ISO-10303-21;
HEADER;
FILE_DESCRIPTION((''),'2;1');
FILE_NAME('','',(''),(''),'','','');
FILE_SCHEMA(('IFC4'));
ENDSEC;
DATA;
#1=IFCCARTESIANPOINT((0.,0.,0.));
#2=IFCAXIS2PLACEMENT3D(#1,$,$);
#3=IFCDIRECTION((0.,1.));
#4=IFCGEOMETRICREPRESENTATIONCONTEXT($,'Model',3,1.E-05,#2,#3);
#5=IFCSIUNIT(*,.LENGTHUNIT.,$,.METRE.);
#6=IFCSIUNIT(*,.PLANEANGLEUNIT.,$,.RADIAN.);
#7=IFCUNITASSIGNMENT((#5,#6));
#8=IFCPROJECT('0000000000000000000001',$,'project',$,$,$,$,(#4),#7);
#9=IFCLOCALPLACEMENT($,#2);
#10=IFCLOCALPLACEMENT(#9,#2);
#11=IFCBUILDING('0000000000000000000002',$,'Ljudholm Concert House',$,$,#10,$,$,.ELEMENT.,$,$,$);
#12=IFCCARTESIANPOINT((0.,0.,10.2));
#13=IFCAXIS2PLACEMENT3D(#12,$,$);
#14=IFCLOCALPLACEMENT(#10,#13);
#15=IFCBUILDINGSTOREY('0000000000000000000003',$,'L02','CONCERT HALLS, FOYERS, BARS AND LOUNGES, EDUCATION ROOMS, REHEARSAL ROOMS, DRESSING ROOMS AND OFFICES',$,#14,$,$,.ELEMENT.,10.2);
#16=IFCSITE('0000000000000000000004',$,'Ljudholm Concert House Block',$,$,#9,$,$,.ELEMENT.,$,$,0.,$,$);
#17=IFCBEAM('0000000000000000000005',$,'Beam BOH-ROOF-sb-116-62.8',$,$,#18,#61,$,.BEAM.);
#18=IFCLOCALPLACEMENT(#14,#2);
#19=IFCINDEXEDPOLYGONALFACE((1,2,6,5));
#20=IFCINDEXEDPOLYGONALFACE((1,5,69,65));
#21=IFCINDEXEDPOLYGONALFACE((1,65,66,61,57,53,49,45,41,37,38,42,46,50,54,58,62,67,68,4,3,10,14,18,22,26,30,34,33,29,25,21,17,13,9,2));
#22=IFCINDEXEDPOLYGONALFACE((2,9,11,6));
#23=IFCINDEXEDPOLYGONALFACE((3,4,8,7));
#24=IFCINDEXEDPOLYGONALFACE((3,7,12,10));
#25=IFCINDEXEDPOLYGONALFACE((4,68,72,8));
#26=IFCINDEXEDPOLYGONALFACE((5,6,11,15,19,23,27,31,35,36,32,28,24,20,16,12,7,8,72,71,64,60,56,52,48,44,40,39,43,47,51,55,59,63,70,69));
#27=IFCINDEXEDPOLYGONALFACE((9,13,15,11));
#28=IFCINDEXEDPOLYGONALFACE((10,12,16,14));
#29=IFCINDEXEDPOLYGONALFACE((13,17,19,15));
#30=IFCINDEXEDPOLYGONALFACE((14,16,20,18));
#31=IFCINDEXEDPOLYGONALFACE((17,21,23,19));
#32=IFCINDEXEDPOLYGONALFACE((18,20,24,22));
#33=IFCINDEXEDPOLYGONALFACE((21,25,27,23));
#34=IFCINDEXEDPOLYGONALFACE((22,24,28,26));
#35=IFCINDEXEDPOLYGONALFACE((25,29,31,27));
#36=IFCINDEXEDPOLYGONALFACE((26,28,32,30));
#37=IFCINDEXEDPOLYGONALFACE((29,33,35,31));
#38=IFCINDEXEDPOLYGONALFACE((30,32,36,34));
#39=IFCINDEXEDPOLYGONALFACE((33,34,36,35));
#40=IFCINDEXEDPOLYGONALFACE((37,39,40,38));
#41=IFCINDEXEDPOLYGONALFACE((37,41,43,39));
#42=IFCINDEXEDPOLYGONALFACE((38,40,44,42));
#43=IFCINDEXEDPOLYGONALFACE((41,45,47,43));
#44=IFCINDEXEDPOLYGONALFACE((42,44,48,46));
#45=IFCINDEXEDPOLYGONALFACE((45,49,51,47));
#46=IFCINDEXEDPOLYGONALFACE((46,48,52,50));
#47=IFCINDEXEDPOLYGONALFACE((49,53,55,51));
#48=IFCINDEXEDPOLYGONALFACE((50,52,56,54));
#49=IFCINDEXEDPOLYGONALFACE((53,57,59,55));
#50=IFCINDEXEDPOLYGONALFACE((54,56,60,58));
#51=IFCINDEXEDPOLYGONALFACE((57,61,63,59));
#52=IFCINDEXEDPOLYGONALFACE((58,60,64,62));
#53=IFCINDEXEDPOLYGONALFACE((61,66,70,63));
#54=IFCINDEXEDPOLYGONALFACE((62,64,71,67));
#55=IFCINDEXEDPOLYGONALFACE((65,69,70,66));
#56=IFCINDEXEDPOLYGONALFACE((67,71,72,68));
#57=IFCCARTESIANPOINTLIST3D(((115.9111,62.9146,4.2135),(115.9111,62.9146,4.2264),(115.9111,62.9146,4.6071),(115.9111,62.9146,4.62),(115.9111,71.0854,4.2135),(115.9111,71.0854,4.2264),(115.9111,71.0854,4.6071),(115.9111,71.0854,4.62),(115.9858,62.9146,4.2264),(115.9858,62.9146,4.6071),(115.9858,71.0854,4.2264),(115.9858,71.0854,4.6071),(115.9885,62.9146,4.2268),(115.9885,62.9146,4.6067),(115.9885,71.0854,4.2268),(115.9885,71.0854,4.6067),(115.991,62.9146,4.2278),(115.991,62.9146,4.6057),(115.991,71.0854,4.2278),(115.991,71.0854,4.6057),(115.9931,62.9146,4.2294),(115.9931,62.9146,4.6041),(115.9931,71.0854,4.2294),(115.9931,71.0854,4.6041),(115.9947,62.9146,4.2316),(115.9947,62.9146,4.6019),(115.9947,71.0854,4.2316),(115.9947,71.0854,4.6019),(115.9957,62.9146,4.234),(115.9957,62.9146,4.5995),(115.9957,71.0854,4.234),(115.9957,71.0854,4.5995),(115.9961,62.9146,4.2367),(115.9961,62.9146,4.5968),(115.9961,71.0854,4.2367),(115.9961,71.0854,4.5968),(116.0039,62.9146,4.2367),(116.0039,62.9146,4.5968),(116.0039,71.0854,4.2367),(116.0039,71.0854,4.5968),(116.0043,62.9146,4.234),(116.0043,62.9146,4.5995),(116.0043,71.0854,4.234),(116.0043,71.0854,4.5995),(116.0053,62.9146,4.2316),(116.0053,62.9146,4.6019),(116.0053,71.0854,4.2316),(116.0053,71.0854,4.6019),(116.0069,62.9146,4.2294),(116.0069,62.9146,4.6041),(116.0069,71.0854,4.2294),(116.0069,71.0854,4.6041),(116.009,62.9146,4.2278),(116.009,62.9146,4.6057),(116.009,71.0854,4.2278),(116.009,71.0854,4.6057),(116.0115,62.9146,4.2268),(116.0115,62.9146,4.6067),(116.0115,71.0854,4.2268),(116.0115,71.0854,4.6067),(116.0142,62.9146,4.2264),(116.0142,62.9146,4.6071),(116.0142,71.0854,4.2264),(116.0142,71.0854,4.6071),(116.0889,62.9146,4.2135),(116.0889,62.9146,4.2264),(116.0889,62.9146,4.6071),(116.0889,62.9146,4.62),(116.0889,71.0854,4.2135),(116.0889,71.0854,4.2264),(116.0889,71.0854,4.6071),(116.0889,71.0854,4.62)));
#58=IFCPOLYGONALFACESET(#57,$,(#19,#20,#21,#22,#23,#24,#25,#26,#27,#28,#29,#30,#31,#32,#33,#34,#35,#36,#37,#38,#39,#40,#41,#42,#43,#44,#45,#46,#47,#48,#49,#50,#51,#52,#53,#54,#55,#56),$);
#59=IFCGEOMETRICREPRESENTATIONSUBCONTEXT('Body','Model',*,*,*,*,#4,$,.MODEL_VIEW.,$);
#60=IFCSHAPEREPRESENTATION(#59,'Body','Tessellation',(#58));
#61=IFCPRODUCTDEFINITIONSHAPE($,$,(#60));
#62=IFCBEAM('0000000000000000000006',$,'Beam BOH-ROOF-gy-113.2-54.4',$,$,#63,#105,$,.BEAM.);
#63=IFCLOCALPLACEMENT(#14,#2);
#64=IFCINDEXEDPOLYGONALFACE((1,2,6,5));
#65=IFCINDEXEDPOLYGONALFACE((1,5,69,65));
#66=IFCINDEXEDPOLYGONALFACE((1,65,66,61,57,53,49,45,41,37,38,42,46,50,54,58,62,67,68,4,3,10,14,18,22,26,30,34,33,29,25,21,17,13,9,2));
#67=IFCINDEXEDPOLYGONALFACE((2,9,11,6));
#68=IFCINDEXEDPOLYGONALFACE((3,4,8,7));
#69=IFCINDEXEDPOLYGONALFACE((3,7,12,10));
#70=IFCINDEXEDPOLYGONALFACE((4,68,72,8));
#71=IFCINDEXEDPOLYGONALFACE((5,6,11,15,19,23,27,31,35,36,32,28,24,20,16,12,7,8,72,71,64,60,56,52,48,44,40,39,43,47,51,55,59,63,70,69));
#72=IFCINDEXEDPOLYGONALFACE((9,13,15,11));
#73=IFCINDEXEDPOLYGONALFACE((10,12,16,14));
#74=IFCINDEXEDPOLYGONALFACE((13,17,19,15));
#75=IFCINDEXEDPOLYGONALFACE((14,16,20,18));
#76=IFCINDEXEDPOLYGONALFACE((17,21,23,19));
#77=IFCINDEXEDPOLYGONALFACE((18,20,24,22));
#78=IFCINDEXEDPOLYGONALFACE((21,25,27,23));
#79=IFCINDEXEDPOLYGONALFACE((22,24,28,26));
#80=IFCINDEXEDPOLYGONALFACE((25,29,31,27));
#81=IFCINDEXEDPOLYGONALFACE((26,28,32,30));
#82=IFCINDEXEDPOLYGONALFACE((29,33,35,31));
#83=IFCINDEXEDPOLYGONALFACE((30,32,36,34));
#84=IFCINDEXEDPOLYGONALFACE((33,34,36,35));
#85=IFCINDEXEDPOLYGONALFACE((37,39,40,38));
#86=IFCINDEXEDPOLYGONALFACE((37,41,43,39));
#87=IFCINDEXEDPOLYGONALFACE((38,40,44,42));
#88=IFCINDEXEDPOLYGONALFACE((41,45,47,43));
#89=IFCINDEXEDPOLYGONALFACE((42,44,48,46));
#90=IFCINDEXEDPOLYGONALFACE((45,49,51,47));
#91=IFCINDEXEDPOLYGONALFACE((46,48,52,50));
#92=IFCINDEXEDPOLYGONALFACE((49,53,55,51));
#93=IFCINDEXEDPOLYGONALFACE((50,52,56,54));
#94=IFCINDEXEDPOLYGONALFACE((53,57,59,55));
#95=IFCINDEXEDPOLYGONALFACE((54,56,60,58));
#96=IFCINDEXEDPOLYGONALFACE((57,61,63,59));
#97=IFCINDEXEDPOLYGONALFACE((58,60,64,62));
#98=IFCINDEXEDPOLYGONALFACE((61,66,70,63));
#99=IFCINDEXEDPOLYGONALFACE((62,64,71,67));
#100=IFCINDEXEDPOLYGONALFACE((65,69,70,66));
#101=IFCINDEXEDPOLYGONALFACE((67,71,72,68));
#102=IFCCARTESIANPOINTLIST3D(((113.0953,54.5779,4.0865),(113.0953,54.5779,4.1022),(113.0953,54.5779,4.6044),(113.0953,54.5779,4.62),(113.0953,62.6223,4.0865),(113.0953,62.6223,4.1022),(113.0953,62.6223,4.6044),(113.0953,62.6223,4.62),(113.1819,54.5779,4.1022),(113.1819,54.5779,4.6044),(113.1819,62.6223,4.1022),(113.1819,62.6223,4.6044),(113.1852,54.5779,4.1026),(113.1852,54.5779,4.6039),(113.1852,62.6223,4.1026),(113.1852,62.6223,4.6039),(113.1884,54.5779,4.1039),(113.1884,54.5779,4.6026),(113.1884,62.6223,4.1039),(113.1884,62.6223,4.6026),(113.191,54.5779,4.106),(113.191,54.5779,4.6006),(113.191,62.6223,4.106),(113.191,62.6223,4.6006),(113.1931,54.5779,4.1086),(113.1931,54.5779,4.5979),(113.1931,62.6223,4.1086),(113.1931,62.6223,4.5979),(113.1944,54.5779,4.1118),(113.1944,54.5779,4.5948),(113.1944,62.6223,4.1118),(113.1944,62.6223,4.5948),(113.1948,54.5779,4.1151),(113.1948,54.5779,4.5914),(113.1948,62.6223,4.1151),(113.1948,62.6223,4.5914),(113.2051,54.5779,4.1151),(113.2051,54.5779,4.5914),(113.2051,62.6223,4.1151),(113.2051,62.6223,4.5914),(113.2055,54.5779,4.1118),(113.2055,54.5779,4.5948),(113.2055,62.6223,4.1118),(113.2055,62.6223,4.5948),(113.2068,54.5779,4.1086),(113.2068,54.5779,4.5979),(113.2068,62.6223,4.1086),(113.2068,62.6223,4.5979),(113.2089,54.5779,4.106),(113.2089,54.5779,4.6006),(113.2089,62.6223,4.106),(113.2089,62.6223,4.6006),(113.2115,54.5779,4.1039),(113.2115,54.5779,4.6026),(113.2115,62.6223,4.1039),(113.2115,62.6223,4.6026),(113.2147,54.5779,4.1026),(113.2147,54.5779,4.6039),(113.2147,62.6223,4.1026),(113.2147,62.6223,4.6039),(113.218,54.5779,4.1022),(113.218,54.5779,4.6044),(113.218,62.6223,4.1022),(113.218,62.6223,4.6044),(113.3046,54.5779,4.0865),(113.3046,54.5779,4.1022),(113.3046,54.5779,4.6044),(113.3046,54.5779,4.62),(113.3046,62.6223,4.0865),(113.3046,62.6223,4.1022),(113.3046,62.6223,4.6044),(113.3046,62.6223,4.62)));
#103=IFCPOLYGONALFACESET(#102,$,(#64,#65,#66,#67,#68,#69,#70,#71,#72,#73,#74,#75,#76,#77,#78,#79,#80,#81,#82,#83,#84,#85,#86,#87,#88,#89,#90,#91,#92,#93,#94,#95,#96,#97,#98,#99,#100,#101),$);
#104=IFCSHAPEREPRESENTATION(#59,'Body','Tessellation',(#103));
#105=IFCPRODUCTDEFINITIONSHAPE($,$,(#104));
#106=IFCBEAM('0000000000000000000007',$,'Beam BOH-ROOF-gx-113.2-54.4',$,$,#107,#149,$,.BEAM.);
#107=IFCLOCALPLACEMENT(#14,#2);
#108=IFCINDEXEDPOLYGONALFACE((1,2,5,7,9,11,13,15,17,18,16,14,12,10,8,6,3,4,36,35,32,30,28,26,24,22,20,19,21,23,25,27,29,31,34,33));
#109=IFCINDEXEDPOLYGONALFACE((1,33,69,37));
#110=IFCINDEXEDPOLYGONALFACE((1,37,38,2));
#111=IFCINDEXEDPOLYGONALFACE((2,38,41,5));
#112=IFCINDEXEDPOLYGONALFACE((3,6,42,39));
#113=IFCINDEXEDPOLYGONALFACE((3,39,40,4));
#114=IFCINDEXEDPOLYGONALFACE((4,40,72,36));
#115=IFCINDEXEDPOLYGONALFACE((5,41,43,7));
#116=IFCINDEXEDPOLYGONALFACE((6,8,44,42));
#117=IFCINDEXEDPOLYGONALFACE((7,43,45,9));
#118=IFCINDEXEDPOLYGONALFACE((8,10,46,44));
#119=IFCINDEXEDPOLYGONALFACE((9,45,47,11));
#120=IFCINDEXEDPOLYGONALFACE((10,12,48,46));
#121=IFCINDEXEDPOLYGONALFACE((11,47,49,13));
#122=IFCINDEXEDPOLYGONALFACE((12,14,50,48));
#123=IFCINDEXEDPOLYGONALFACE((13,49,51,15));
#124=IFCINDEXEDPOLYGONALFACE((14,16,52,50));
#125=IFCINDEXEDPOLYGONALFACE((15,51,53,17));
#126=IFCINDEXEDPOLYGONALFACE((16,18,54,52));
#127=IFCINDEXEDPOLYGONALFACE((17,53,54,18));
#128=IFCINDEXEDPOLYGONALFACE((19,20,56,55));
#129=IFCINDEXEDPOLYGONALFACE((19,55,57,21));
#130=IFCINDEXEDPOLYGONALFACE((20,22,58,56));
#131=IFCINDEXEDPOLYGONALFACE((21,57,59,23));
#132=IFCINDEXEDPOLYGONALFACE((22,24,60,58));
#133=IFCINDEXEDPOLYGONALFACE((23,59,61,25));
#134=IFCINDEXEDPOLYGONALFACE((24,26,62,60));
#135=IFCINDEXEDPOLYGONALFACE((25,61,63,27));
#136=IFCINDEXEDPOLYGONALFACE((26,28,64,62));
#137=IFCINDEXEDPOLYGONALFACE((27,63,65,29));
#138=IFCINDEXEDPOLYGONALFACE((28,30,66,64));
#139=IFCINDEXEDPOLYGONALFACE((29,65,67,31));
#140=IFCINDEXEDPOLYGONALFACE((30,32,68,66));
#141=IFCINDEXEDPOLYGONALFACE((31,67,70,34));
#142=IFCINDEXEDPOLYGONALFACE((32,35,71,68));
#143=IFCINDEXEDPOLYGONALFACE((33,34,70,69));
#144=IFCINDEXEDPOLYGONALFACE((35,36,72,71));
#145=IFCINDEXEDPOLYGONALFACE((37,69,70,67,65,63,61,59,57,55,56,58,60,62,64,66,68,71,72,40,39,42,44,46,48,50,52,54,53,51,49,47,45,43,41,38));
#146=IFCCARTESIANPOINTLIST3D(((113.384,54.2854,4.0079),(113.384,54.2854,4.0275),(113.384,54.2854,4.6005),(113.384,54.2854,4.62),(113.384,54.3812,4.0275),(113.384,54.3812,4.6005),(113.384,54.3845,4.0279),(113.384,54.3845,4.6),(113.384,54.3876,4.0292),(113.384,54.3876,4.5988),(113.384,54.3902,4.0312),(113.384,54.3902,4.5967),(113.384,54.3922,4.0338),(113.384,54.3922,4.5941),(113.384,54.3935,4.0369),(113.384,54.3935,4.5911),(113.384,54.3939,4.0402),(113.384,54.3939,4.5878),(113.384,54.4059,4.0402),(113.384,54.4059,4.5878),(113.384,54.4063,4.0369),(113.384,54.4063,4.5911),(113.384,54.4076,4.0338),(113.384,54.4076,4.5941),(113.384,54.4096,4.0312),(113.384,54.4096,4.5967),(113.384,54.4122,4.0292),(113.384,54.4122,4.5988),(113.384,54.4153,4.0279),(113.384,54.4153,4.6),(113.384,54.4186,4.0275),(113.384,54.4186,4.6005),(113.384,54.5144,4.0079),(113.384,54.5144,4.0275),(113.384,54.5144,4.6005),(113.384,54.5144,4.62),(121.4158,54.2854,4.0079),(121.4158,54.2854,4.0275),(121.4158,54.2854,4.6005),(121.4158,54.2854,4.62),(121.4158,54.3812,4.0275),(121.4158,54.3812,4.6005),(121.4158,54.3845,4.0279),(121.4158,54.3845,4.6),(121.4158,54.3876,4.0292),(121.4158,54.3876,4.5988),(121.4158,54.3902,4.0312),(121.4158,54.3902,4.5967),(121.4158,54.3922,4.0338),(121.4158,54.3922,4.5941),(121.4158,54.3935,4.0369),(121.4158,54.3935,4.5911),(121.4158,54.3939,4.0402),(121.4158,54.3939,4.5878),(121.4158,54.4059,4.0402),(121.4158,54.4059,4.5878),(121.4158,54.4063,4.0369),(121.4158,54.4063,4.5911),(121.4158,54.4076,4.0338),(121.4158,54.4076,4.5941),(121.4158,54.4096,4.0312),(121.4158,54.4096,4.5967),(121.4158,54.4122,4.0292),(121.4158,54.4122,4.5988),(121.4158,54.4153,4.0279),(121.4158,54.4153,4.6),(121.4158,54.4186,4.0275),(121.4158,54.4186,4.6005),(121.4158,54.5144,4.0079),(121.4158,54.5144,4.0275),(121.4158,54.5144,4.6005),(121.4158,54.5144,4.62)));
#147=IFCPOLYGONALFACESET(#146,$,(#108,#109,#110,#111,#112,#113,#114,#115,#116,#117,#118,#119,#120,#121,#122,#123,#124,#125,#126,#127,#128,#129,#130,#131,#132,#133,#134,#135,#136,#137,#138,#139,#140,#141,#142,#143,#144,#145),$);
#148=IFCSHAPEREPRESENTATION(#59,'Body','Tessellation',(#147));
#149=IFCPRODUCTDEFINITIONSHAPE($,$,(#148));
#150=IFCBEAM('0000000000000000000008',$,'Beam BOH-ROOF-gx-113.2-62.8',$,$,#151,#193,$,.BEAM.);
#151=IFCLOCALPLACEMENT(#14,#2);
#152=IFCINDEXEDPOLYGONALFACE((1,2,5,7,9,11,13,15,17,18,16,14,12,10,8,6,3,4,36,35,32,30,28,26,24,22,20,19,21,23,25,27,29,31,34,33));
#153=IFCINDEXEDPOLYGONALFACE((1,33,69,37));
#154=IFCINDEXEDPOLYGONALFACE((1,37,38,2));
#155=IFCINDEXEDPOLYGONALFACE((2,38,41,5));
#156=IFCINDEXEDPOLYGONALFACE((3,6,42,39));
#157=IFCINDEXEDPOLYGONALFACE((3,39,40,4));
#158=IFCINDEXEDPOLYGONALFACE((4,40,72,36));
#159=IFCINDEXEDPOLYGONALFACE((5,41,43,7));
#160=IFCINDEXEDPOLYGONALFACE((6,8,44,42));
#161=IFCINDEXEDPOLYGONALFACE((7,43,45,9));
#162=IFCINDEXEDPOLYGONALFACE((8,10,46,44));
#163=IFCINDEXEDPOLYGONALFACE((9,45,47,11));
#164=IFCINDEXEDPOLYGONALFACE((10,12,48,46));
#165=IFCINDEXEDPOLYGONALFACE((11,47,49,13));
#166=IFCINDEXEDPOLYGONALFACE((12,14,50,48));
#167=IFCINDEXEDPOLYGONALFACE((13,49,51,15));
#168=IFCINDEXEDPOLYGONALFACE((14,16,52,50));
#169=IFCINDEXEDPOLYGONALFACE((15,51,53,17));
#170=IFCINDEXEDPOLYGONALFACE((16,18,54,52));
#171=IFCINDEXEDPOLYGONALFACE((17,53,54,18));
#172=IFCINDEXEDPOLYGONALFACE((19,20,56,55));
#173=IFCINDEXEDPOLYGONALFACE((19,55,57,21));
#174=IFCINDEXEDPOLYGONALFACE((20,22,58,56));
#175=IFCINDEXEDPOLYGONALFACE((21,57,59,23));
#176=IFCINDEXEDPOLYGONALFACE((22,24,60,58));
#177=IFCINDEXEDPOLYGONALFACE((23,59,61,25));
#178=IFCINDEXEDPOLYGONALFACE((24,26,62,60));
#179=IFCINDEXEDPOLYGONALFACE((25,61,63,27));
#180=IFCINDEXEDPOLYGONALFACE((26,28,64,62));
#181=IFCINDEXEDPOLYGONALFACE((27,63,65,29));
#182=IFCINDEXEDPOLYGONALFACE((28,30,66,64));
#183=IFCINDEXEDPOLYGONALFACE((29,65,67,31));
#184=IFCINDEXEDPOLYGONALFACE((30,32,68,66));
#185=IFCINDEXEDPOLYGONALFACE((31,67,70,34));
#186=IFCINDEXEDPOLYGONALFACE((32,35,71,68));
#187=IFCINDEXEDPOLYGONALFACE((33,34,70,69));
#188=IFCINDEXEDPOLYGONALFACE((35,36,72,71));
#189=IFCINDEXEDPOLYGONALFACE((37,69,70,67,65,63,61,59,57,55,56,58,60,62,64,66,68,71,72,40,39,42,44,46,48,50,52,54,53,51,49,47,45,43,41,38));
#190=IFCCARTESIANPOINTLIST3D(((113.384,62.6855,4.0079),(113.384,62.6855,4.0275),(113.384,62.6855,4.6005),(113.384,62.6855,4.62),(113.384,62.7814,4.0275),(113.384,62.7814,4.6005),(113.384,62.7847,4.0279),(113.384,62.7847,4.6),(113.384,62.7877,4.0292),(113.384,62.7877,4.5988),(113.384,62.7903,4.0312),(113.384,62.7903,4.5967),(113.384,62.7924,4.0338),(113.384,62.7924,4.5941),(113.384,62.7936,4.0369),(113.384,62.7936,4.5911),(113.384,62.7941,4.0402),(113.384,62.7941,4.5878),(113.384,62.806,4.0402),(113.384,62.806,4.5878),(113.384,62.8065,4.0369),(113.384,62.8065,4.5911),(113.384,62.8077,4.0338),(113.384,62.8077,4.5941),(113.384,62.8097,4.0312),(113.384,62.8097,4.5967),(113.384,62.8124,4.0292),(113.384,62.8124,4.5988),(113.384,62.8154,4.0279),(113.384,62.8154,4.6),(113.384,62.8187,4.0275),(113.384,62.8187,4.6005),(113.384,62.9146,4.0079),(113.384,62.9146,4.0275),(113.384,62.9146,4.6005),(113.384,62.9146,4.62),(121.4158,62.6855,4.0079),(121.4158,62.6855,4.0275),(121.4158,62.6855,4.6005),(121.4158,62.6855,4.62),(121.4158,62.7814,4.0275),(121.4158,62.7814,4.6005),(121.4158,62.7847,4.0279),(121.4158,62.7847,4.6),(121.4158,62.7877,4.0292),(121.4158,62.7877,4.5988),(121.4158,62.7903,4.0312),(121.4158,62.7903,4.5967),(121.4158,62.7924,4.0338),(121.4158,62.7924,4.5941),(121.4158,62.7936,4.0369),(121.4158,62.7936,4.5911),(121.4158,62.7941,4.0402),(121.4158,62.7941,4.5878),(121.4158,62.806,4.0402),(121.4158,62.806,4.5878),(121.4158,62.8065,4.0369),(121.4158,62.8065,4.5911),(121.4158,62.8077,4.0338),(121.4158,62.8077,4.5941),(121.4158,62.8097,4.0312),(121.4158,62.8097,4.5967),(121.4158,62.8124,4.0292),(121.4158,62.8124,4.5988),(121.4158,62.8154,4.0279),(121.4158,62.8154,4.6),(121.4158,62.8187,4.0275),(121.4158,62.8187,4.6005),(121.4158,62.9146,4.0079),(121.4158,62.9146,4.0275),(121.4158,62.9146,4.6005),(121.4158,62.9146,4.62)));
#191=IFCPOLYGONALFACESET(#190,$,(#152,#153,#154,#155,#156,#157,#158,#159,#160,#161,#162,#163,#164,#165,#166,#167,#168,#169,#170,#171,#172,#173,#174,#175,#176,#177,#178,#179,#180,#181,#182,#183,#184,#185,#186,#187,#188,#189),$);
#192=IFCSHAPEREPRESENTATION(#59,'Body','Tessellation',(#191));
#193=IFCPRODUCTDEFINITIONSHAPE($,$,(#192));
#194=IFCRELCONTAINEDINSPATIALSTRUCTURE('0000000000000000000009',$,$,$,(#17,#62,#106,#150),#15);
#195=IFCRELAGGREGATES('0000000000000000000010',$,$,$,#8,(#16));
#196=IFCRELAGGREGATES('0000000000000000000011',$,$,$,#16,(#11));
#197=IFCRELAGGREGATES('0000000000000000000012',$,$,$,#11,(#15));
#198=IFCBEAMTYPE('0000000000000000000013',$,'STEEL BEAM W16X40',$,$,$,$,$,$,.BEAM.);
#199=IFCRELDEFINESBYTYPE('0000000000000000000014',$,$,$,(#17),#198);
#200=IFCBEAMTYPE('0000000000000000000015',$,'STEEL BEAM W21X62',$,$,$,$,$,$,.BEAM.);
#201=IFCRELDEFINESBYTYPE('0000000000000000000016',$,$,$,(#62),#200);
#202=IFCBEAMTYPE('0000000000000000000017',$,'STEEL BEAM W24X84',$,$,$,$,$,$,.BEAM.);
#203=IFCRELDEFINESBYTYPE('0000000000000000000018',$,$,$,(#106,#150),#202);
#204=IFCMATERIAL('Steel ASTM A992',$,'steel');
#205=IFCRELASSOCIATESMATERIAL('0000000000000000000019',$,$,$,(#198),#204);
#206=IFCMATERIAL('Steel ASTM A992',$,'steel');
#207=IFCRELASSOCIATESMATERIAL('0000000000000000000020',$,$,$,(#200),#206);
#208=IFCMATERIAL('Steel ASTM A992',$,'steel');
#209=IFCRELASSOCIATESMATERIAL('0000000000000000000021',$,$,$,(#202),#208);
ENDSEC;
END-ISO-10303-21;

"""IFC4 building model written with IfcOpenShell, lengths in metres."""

from ifc_helpers import new_model, si_unit, direction, frame, origin, origin_2d, place, context, subcontext, project, spatial, i_section, extrude, material, material_profile, profile_set, type_object, element, save


model = new_model("IFC4")

# Units and contexts
model_context = context("Model", 3, precision=1e-05, world=origin(), true_north=direction((0.0, 1.0)))
body_context = subcontext(model_context, "Body", "Model", "MODEL_VIEW")
ifc_project = project(units=[si_unit("LENGTHUNIT", "METRE"), si_unit("PLANEANGLEUNIT", "RADIAN")], contexts=[model_context])

# Site, building, storey
site_placement = place(None, origin())
site = spatial("IfcSite", under=ifc_project, at=site_placement, Name="Ljudholm Concert House Block", CompositionType="ELEMENT", RefElevation=0.0)
building_placement = place(site_placement, origin())
building = spatial("IfcBuilding", under=site, at=building_placement, Name="Ljudholm Concert House", CompositionType="ELEMENT")
storey_placement = place(building_placement, frame((0.0, 0.0, 10.2)))
storey = spatial("IfcBuildingStorey", under=building, at=storey_placement, Name="L02", Description="CONCERT HALLS, FOYERS, BARS AND LOUNGES, EDUCATION ROOMS, REHEARSAL ROOMS, DRESSING ROOMS AND OFFICES", CompositionType="ELEMENT", Elevation=10.2)

# Beams
ifc_material_1 = material(Name="Steel ASTM A992", Category="steel")
ifc_material_profile_1 = material_profile(ifc_material_1, i_section(OverallWidth=0.1777, OverallDepth=0.4065, WebThickness=0.0078, FlangeThickness=0.0129, FilletRadius=0.0103, at=origin_2d()), Name="W16X40")
ifc_profile_set_1 = profile_set([ifc_material_profile_1], Name="Steel ASTM A992")
beam_type_1 = type_object("IfcBeamType", Name="STEEL BEAM W16X40", PredefinedType="BEAM", material=ifc_profile_set_1)
for number, where, z_axis, x_axis, name in (
    (1, (116.0, 62.9146, 4.4167), (0.0, 1.0, 0.0), (-1.0, 0.0, 0.0), "Beam BOH-ROOF-sb-116-62.8"),
):
    element("IfcBeam", number, at=place(storey_placement, frame(where, z_axis=z_axis, x_axis=x_axis)), inside=storey, type_object=beam_type_1, Name=name, PredefinedType="BEAM", context=body_context, shape_type="SweptSolid", body=[
        extrude(i_section(OverallWidth=0.1777, OverallDepth=0.4065, WebThickness=0.0078, FlangeThickness=0.0129, FilletRadius=0.0103, at=origin_2d()), origin(), (0.0, 0.0, 1.0), 8.1709),
    ])
ifc_material_2 = material(Name="Steel ASTM A992", Category="steel")
ifc_material_profile_2 = material_profile(ifc_material_2, i_section(OverallWidth=0.2092, OverallDepth=0.5334, WebThickness=0.0103, FlangeThickness=0.0156, FilletRadius=0.0129, at=origin_2d()), Name="W21X62")
ifc_profile_set_2 = profile_set([ifc_material_profile_2], Name="Steel ASTM A992")
beam_type_2 = type_object("IfcBeamType", Name="STEEL BEAM W21X62", PredefinedType="BEAM", material=ifc_profile_set_2)
beam_placement = place(storey_placement, frame((113.2, 54.5779, 4.3533), z_axis=(0.0, 1.0, 0.0), x_axis=(-1.0, 0.0, 0.0)))
element("IfcBeam", 2, at=beam_placement, inside=storey, type_object=beam_type_2, Name="Beam BOH-ROOF-gy-113.2-54.4", PredefinedType="BEAM", context=body_context, shape_type="SweptSolid", body=[
    extrude(i_section(OverallWidth=0.2092, OverallDepth=0.5334, WebThickness=0.0103, FlangeThickness=0.0156, FilletRadius=0.0129, at=origin_2d()), origin(), (0.0, 0.0, 1.0), 8.0444),
])
ifc_material_3 = material(Name="Steel ASTM A992", Category="steel")
ifc_material_profile_3 = material_profile(ifc_material_3, i_section(OverallWidth=0.229, OverallDepth=0.6121, WebThickness=0.012, FlangeThickness=0.0195, FilletRadius=0.0127, at=origin_2d()), Name="W24X84")
ifc_profile_set_3 = profile_set([ifc_material_profile_3], Name="Steel ASTM A992")
beam_type_3 = type_object("IfcBeamType", Name="STEEL BEAM W24X84", PredefinedType="BEAM", material=ifc_profile_set_3)
for number, where, z_axis, x_axis, name in (
    (3, (113.384, 54.3999, 4.314), (1.0, 0.0, 0.0), (0.0, 1.0, 0.0), "Beam BOH-ROOF-gx-113.2-54.4"),
    (4, (113.384, 62.8, 4.314), (1.0, 0.0, 0.0), (0.0, 1.0, 0.0), "Beam BOH-ROOF-gx-113.2-62.8"),
):
    element("IfcBeam", number, at=place(storey_placement, frame(where, z_axis=z_axis, x_axis=x_axis)), inside=storey, type_object=beam_type_3, Name=name, PredefinedType="BEAM", context=body_context, shape_type="SweptSolid", body=[
        extrude(i_section(OverallWidth=0.229, OverallDepth=0.6121, WebThickness=0.012, FlangeThickness=0.0195, FilletRadius=0.0127, at=origin_2d()), origin(), (0.0, 0.0, 1.0), 8.0317),
    ])

save(model, "model.ifc")
